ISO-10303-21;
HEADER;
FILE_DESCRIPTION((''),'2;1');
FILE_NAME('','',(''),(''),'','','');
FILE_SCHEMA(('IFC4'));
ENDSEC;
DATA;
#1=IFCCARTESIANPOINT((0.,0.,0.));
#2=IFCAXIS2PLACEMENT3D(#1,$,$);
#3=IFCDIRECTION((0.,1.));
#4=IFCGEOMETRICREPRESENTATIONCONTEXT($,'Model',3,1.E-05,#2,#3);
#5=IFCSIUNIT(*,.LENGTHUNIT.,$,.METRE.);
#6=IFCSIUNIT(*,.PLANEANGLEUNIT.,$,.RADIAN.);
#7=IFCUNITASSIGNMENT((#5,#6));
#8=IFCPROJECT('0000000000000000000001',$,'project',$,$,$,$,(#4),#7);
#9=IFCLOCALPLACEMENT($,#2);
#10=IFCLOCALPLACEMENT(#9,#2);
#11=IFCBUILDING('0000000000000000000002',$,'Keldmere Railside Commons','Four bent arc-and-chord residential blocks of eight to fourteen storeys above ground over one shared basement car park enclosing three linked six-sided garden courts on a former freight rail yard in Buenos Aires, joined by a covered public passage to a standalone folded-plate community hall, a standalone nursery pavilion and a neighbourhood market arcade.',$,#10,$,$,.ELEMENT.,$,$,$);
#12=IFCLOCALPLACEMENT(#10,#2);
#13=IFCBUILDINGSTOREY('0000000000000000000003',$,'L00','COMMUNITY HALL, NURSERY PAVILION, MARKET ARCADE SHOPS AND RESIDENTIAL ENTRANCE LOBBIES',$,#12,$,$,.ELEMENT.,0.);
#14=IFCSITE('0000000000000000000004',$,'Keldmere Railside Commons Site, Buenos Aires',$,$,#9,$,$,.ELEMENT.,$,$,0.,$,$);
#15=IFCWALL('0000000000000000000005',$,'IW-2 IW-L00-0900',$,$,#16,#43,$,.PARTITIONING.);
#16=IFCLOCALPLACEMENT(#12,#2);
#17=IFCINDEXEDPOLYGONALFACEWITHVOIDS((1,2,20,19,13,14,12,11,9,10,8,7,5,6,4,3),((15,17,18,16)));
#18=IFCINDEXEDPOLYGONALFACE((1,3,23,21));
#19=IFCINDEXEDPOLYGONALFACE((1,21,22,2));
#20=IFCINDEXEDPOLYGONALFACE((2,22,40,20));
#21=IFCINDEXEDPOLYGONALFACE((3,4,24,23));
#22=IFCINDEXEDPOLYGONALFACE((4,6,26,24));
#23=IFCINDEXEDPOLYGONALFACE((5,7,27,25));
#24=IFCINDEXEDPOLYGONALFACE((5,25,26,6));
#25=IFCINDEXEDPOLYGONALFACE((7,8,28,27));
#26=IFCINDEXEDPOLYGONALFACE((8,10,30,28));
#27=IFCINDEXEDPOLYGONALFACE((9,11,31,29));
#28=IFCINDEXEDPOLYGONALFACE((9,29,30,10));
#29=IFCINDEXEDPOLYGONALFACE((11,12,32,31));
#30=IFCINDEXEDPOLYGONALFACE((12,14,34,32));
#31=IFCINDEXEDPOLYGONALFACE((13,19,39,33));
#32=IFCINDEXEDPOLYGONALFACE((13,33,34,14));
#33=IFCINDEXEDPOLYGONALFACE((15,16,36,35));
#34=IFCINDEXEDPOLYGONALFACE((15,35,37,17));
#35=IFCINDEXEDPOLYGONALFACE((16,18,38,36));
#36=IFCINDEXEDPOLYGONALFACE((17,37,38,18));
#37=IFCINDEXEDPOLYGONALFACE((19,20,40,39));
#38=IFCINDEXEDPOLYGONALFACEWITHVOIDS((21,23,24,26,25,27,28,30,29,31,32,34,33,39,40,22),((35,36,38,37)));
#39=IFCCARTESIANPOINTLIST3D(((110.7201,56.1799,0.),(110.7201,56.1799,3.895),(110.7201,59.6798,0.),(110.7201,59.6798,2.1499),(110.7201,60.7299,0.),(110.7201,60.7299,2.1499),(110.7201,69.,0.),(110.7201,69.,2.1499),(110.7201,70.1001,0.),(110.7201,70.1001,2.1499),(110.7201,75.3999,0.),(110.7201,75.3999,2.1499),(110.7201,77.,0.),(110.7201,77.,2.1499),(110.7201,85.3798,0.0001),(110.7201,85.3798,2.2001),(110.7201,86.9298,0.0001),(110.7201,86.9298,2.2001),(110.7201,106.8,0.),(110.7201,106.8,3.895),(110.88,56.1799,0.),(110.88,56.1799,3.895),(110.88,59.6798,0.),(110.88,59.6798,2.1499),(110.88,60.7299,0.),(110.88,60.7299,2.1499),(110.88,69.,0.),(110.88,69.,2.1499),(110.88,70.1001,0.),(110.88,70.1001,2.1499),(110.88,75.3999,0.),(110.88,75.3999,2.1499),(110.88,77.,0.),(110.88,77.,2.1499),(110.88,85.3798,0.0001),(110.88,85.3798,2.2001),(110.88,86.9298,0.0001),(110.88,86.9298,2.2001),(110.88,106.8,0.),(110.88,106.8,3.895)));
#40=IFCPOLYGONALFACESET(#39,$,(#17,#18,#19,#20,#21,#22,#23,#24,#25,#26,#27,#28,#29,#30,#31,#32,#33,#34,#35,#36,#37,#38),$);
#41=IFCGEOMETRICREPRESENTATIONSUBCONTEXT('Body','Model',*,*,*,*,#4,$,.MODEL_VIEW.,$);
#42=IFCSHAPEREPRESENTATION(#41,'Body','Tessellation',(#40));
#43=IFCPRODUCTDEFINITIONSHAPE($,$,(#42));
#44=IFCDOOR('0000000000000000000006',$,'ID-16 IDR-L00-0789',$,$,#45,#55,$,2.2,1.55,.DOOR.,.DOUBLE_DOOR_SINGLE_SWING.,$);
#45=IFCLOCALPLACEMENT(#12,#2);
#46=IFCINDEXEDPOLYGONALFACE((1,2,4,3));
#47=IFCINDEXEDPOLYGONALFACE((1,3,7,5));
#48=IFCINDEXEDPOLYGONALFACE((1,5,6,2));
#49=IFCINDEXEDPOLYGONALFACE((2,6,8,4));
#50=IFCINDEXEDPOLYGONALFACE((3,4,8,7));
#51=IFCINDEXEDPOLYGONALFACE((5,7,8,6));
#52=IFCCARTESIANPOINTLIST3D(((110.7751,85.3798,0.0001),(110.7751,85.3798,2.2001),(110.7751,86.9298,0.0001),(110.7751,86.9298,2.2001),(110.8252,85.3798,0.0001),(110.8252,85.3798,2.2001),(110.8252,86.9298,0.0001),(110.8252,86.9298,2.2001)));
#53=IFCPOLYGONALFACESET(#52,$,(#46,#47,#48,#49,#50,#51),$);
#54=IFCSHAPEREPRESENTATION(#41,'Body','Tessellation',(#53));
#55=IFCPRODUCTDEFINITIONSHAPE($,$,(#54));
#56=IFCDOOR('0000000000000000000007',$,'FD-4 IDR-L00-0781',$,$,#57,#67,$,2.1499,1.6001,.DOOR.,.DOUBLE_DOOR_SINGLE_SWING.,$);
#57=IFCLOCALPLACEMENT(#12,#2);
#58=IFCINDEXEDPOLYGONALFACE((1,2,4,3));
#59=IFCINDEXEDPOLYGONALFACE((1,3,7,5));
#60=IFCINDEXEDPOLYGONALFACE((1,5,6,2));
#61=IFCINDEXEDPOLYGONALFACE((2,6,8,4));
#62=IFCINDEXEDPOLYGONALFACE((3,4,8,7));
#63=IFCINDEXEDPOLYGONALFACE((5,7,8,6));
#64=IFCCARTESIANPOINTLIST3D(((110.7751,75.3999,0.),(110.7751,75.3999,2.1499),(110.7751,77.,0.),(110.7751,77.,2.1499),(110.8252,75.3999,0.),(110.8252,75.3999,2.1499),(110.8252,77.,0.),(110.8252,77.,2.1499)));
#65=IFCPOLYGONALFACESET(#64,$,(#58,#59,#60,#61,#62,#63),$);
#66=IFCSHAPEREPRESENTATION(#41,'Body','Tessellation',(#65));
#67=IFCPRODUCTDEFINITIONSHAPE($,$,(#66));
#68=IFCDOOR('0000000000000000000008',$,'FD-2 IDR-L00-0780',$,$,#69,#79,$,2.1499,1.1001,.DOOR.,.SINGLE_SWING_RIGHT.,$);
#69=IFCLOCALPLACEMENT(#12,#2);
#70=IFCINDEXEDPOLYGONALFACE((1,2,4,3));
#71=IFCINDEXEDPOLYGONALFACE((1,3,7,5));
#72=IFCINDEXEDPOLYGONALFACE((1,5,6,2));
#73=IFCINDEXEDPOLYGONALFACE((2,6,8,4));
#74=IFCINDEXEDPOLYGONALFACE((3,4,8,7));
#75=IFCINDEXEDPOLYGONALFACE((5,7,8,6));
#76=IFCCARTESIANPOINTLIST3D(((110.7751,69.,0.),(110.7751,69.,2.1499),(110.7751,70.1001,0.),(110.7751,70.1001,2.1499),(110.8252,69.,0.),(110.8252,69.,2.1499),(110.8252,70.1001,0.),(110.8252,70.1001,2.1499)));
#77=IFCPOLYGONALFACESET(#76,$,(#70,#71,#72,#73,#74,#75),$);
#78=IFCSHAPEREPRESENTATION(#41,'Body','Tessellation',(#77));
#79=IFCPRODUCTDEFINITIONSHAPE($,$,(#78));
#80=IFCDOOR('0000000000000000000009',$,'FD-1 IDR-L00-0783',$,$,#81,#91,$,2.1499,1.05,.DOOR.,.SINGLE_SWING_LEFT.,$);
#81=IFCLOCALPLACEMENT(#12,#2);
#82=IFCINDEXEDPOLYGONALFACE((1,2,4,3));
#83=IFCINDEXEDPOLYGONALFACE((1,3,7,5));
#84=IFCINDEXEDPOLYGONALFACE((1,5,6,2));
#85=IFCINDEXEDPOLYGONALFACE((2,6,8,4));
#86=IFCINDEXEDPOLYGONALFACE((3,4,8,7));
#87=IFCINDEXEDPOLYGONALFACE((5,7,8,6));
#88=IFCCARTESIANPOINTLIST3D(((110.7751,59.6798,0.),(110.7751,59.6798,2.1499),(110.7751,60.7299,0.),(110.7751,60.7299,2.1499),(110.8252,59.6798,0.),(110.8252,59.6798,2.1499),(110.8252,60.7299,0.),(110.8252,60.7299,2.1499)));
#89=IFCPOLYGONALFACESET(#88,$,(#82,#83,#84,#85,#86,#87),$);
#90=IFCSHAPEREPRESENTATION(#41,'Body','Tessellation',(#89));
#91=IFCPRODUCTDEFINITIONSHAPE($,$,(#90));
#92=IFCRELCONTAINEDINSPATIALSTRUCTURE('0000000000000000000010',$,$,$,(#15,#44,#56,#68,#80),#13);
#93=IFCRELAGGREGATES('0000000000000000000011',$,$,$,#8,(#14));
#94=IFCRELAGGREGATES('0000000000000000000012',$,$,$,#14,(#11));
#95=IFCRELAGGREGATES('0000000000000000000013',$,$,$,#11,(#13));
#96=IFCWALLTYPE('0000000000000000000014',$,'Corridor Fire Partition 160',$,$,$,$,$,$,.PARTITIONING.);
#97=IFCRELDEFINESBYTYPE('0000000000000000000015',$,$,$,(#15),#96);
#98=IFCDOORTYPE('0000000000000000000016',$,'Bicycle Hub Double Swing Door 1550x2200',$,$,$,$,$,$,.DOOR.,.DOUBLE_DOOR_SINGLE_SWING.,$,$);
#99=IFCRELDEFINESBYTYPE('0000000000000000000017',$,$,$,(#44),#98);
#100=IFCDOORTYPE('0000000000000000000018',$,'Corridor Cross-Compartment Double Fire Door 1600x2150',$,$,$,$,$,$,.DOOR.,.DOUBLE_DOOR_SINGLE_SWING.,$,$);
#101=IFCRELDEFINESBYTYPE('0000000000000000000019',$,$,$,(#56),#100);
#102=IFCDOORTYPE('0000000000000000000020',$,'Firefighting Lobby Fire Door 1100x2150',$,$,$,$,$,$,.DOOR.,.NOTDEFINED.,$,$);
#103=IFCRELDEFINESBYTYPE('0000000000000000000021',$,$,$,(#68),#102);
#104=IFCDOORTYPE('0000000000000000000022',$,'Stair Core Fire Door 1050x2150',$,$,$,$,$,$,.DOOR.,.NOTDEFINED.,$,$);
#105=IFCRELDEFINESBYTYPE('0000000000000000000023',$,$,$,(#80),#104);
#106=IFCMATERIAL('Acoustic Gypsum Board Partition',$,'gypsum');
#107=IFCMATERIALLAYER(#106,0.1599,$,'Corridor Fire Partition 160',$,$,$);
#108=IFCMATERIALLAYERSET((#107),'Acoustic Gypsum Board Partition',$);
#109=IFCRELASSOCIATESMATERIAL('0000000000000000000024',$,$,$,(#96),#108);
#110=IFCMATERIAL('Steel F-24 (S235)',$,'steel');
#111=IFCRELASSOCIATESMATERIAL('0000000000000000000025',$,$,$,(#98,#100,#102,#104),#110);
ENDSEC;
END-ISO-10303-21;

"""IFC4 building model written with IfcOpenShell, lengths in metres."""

from ifc_helpers import new_model, si_unit, direction, frame, frame_2d, origin, place, context, subcontext, project, spatial, rectangle, extrude, material, layer, layer_set, type_object, element, fill, save


model = new_model("IFC4")

# Units and contexts
model_context = context("Model", 3, precision=1e-05, world=origin(), true_north=direction((0.0, 1.0)))
body_context = subcontext(model_context, "Body", "Model", "MODEL_VIEW")
ifc_project = project(units=[si_unit("LENGTHUNIT", "METRE"), si_unit("PLANEANGLEUNIT", "RADIAN")], contexts=[model_context])

# Site, building, storey
site_placement = place(None, origin())
site = spatial("IfcSite", under=ifc_project, at=site_placement, Name="Keldmere Railside Commons Site, Buenos Aires", CompositionType="ELEMENT", RefElevation=0.0)
building_placement = place(site_placement, origin())
building = spatial("IfcBuilding", under=site, at=building_placement, Name="Keldmere Railside Commons", Description="Four bent arc-and-chord residential blocks of eight to fourteen storeys above ground over one shared basement car park enclosing three linked six-sided garden courts on a former freight rail yard in Buenos Aires, joined by a covered public passage to a standalone folded-plate community hall, a standalone nursery pavilion and a neighbourhood market arcade.", CompositionType="ELEMENT")
storey_placement = place(building_placement, origin())
storey = spatial("IfcBuildingStorey", under=building, at=storey_placement, Name="L00", Description="COMMUNITY HALL, NURSERY PAVILION, MARKET ARCADE SHOPS AND RESIDENTIAL ENTRANCE LOBBIES", CompositionType="ELEMENT", Elevation=0.0)

# Shared definitions
ifc_material_1 = material(Name="Acoustic Gypsum Board Partition", Category="gypsum")

# Wall, openings, doors
ifc_layer_1 = layer(ifc_material_1, 0.1599, Name="Corridor Fire Partition 160")
ifc_layer_set_1 = layer_set([ifc_layer_1], Name="Acoustic Gypsum Board Partition")
wall_type_1 = type_object("IfcWallType", Name="Corridor Fire Partition 160", PredefinedType="PARTITIONING", material=ifc_layer_set_1)
wall_1_placement = place(storey_placement, frame((110.8, 56.1799, 0.0), z_axis=(0.0, 0.0, 1.0), x_axis=(0.0, 1.0, 0.0)))
wall_1 = element("IfcWall", 1, at=wall_1_placement, inside=storey, type_object=wall_type_1, Name="IW-2 IW-L00-0900", PredefinedType="PARTITIONING", context=body_context, shape_type="SweptSolid", body=[
    extrude(rectangle(XDim=50.6201, YDim=0.1599, at=frame_2d((25.3101, 0.0))), origin(), (0.0, 0.0, 1.0), 3.895),
])
opening_1_placement = place(wall_1_placement, frame((12.8201, 0.0, 0.0)))
opening_1 = element("IfcOpeningElement", 2, at=opening_1_placement, cuts=wall_1, PredefinedType="OPENING", context=body_context, shape_type="SweptSolid", body=[
    extrude(rectangle(XDim=1.1001, YDim=2.1499, at=frame_2d((0.55, 1.075))), frame((0.0, 0.0898, 0.0), z_axis=(0.0, -1.0, 0.0), x_axis=(1.0, 0.0, 0.0)), (0.0, 0.0, 1.0), 0.1799),
])
opening_2_placement = place(wall_1_placement, frame((19.22, 0.0, 0.0)))
opening_2 = element("IfcOpeningElement", 3, at=opening_2_placement, cuts=wall_1, PredefinedType="OPENING", context=body_context, shape_type="SweptSolid", body=[
    extrude(rectangle(XDim=1.6001, YDim=2.1499, at=frame_2d((0.8, 1.075))), frame((0.0, 0.0898, 0.0), z_axis=(0.0, -1.0, 0.0), x_axis=(1.0, 0.0, 0.0)), (0.0, 0.0, 1.0), 0.1799),
])
opening_3_placement = place(wall_1_placement, frame((3.5, 0.0, 0.0)))
opening_3 = element("IfcOpeningElement", 4, at=opening_3_placement, cuts=wall_1, PredefinedType="OPENING", context=body_context, shape_type="SweptSolid", body=[
    extrude(rectangle(XDim=1.05, YDim=2.1499, at=frame_2d((0.5249, 1.075))), frame((0.0, 0.0898, 0.0), z_axis=(0.0, -1.0, 0.0), x_axis=(1.0, 0.0, 0.0)), (0.0, 0.0, 1.0), 0.1799),
])
opening_4_placement = place(wall_1_placement, frame((29.2, 0.0, 0.0)))
opening_4 = element("IfcOpeningElement", 5, at=opening_4_placement, cuts=wall_1, PredefinedType="OPENING", context=body_context, shape_type="SweptSolid", body=[
    extrude(rectangle(XDim=1.55, YDim=2.2, at=frame_2d((0.7749, 1.1001))), frame((0.0, 0.0898, 0.0), z_axis=(0.0, -1.0, 0.0), x_axis=(1.0, 0.0, 0.0)), (0.0, 0.0, 1.0), 0.1799),
])
ifc_material_2 = material(Name="Steel F-24 (S235)", Category="steel")
door_type_1 = type_object("IfcDoorType", Name="Bicycle Hub Double Swing Door 1550x2200", OperationType="DOUBLE_DOOR_SINGLE_SWING", PredefinedType="DOOR", material=ifc_material_2)
door_1_placement = place(opening_4_placement, origin())
door_1 = element("IfcDoor", 6, at=door_1_placement, inside=storey, type_object=door_type_1, Name="ID-16 IDR-L00-0789", OperationType="DOUBLE_DOOR_SINGLE_SWING", OverallHeight=2.2, OverallWidth=1.55, PredefinedType="DOOR", context=body_context, shape_type="SweptSolid", body=[
    extrude(rectangle(XDim=1.55, YDim=2.2, at=frame_2d((0.7749, 1.1001))), frame((0.0, 0.0249, 0.0), z_axis=(0.0, -1.0, 0.0), x_axis=(1.0, 0.0, 0.0)), (0.0, 0.0, 1.0), 0.05),
])
fill(opening_4, door_1)
door_type_2 = type_object("IfcDoorType", Name="Corridor Cross-Compartment Double Fire Door 1600x2150", OperationType="DOUBLE_DOOR_SINGLE_SWING", PredefinedType="DOOR", material=ifc_material_2)
door_2_placement = place(opening_2_placement, origin())
door_2 = element("IfcDoor", 7, at=door_2_placement, inside=storey, type_object=door_type_2, Name="FD-4 IDR-L00-0781", OperationType="DOUBLE_DOOR_SINGLE_SWING", OverallHeight=2.1499, OverallWidth=1.6001, PredefinedType="DOOR", context=body_context, shape_type="SweptSolid", body=[
    extrude(rectangle(XDim=1.6001, YDim=2.1499, at=frame_2d((0.8, 1.075))), frame((0.0, 0.0249, 0.0), z_axis=(0.0, -1.0, 0.0), x_axis=(1.0, 0.0, 0.0)), (0.0, 0.0, 1.0), 0.05),
])
fill(opening_2, door_2)
door_type_3 = type_object("IfcDoorType", Name="Firefighting Lobby Fire Door 1100x2150", OperationType="NOTDEFINED", PredefinedType="DOOR", material=ifc_material_2)
door_3_placement = place(opening_1_placement, origin())
door_3 = element("IfcDoor", 8, at=door_3_placement, inside=storey, type_object=door_type_3, Name="FD-2 IDR-L00-0780", OperationType="SINGLE_SWING_RIGHT", OverallHeight=2.1499, OverallWidth=1.1001, PredefinedType="DOOR", context=body_context, shape_type="SweptSolid", body=[
    extrude(rectangle(XDim=1.1001, YDim=2.1499, at=frame_2d((0.55, 1.075))), frame((0.0, 0.0249, 0.0), z_axis=(0.0, -1.0, 0.0), x_axis=(1.0, 0.0, 0.0)), (0.0, 0.0, 1.0), 0.05),
])
fill(opening_1, door_3)
door_type_4 = type_object("IfcDoorType", Name="Stair Core Fire Door 1050x2150", OperationType="NOTDEFINED", PredefinedType="DOOR", material=ifc_material_2)
door_4_placement = place(opening_3_placement, origin())
door_4 = element("IfcDoor", 9, at=door_4_placement, inside=storey, type_object=door_type_4, Name="FD-1 IDR-L00-0783", OperationType="SINGLE_SWING_LEFT", OverallHeight=2.1499, OverallWidth=1.05, PredefinedType="DOOR", context=body_context, shape_type="SweptSolid", body=[
    extrude(rectangle(XDim=1.05, YDim=2.1499, at=frame_2d((0.5249, 1.075))), frame((0.0, 0.0249, 0.0), z_axis=(0.0, -1.0, 0.0), x_axis=(1.0, 0.0, 0.0)), (0.0, 0.0, 1.0), 0.05),
])
fill(opening_3, door_4)

save(model, "model.ifc")
